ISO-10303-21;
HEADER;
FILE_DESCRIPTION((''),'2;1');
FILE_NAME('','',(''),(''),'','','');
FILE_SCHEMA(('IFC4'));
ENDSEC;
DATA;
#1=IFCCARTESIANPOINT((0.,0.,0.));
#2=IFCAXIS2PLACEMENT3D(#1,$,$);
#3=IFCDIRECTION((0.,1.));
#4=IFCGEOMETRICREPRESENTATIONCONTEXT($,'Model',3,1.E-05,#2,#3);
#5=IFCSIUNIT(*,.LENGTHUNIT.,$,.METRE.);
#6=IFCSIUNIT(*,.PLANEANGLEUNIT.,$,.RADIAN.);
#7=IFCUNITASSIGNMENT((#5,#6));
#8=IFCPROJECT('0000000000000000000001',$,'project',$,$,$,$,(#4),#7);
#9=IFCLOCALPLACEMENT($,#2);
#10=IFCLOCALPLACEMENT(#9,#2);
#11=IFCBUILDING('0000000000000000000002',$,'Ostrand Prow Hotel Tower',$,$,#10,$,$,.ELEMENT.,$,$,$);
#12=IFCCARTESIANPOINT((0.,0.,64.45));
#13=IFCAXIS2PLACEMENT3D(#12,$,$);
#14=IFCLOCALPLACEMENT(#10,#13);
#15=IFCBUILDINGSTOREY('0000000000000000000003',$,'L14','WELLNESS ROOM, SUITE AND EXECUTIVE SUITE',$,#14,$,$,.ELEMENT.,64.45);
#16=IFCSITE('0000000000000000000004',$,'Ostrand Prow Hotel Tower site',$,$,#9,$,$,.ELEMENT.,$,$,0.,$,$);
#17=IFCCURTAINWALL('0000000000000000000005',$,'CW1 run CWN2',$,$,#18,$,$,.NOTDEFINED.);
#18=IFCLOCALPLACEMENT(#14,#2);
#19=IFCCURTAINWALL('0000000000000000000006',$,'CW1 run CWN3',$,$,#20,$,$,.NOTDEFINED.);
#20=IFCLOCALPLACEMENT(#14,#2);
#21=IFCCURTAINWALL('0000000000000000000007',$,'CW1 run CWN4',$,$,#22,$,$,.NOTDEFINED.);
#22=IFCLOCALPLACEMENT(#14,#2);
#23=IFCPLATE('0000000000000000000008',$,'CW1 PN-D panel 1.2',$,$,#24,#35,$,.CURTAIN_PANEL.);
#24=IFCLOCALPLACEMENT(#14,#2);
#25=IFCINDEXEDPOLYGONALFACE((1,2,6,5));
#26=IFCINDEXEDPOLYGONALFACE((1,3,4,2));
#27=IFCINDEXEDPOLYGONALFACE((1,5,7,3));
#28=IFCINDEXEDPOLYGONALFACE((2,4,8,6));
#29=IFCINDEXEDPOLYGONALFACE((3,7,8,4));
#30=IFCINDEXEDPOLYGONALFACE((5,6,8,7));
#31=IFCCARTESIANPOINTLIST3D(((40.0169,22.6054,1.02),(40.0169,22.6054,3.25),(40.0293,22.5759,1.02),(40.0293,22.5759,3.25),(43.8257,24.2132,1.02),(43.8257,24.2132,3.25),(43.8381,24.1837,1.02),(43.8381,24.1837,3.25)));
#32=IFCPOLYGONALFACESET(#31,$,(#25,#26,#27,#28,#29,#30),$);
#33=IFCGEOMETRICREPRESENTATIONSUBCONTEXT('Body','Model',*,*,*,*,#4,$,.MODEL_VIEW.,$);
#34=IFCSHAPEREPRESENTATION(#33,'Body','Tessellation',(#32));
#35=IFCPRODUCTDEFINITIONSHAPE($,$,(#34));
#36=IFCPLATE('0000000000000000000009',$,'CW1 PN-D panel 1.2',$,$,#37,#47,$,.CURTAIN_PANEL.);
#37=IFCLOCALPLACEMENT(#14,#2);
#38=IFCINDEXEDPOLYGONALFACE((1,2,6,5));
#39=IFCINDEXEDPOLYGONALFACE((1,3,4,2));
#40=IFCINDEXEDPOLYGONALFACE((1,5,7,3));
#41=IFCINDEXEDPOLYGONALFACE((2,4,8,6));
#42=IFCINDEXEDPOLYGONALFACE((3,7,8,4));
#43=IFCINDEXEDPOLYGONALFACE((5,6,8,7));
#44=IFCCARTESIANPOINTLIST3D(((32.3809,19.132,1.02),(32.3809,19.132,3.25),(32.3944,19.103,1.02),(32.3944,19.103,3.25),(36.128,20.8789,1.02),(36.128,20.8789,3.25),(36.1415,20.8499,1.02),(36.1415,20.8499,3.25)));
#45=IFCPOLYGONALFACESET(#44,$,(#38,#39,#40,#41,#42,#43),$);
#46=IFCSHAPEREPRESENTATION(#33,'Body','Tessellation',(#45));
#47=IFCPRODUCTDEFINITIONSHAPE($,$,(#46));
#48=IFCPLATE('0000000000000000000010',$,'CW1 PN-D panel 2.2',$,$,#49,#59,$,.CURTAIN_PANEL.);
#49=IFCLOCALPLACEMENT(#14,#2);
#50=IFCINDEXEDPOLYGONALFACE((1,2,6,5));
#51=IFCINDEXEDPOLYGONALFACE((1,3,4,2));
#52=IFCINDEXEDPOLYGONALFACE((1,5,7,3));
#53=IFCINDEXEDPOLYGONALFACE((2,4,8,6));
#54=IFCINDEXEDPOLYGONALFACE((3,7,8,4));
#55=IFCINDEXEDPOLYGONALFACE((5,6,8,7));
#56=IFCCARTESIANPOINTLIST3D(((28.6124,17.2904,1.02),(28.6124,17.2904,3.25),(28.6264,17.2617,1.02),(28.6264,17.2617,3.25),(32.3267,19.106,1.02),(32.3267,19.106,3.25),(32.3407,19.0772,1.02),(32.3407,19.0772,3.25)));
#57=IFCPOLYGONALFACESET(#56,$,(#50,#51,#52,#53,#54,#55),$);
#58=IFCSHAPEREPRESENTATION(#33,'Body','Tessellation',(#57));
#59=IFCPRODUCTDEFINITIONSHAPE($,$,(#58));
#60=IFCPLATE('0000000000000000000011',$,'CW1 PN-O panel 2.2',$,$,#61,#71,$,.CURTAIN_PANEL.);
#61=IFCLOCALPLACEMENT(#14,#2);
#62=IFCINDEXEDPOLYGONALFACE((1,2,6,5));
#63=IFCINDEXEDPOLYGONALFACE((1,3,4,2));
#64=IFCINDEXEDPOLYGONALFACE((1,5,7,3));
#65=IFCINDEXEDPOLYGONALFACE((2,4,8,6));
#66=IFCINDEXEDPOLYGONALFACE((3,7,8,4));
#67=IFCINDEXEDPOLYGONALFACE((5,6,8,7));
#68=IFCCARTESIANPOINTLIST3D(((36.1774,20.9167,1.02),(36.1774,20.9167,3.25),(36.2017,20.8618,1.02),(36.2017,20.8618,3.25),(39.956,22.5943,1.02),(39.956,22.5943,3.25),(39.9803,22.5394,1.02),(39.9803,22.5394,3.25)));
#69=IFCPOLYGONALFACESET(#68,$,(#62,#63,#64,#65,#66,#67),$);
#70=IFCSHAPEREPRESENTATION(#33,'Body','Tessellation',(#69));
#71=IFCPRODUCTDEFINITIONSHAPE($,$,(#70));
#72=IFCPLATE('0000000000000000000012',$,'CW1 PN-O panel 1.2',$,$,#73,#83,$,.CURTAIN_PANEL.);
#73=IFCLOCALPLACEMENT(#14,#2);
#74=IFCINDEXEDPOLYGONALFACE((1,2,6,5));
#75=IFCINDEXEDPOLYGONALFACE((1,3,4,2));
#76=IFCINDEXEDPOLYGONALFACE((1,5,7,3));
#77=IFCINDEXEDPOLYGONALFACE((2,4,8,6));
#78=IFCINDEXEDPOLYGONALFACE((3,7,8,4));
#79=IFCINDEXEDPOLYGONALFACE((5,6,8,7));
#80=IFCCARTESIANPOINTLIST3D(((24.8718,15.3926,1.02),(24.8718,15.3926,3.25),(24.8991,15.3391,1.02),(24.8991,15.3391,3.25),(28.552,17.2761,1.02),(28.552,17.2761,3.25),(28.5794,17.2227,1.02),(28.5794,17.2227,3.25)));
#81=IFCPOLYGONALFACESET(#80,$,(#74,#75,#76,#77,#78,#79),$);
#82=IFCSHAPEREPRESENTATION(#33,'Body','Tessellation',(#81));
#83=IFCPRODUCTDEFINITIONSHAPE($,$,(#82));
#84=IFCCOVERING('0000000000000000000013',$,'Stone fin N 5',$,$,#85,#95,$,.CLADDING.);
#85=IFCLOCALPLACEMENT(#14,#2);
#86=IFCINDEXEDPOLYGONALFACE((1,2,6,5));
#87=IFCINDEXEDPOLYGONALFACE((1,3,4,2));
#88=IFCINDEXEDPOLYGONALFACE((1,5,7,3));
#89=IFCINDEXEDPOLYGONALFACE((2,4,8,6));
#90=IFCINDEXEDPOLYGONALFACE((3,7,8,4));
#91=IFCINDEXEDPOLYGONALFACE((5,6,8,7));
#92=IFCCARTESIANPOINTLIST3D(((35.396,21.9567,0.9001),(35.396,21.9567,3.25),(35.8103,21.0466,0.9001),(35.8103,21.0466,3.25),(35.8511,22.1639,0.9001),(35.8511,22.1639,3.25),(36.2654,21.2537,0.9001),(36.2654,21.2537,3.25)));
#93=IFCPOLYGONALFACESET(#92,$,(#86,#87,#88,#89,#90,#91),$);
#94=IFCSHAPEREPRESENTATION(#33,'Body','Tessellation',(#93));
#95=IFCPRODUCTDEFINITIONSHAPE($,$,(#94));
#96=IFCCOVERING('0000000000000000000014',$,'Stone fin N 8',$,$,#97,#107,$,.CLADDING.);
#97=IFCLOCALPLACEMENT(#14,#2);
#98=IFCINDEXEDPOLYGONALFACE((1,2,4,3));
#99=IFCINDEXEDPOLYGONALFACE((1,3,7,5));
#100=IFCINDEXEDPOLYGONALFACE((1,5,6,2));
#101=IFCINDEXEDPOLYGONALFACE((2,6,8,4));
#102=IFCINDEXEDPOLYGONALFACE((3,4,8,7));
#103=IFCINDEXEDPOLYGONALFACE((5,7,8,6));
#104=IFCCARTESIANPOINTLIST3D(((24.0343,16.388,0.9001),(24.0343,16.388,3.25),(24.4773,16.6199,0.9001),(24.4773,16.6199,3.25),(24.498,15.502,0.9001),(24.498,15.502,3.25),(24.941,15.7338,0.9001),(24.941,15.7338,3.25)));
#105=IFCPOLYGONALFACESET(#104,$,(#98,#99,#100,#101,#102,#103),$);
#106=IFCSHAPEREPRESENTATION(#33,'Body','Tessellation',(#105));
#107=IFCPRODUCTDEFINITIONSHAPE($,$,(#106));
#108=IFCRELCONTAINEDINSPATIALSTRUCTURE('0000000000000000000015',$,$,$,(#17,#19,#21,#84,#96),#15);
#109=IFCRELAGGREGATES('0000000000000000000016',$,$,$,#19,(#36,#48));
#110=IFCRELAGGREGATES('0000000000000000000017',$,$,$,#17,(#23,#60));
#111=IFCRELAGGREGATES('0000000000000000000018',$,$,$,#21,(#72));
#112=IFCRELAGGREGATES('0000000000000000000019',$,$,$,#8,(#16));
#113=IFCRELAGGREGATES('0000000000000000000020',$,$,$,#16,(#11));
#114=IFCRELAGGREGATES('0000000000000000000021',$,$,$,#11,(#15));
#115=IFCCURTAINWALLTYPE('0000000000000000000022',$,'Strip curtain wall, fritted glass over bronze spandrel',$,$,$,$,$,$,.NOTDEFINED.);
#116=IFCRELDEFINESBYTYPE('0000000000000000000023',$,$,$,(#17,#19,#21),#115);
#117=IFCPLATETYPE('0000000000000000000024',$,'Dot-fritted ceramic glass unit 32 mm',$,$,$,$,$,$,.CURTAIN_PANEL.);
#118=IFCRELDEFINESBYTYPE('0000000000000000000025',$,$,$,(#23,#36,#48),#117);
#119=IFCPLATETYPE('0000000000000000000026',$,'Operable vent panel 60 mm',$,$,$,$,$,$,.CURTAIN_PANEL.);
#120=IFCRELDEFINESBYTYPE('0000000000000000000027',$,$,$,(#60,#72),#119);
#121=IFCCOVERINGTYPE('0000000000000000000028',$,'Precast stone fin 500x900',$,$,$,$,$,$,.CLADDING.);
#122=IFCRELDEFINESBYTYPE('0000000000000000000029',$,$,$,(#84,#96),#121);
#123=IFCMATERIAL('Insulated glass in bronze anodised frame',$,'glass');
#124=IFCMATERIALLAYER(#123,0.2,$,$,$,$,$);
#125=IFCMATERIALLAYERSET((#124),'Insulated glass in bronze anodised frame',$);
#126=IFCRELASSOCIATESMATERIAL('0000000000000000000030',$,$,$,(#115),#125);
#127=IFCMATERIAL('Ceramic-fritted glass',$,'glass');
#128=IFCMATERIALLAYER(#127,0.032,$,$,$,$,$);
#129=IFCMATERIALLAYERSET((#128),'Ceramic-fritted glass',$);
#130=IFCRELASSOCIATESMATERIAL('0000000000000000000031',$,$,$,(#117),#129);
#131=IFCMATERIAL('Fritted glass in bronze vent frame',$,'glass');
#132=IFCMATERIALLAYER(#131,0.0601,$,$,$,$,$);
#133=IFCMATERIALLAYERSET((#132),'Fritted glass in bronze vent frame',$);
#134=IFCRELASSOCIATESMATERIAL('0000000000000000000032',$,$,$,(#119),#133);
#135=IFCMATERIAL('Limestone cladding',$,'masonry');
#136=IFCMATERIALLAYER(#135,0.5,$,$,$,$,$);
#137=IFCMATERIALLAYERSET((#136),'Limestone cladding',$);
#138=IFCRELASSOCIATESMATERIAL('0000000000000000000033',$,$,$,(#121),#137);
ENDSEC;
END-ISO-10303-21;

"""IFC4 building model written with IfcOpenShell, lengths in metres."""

from ifc_helpers import new_model, si_unit, direction, frame, frame_2d, origin, origin_2d, place, context, subcontext, project, spatial, rectangle, extrude, material, layer, layer_set, type_object, element, aggregate, save


model = new_model("IFC4")

# Units and contexts
model_context = context("Model", 3, precision=1e-05, world=origin(), true_north=direction((0.0, 1.0)))
body_context = subcontext(model_context, "Body", "Model", "MODEL_VIEW")
ifc_project = project(units=[si_unit("LENGTHUNIT", "METRE"), si_unit("PLANEANGLEUNIT", "RADIAN")], contexts=[model_context])

# Site, building, storey
site_placement = place(None, origin())
site = spatial("IfcSite", under=ifc_project, at=site_placement, Name="Ostrand Prow Hotel Tower site", CompositionType="ELEMENT", RefElevation=0.0)
building_placement = place(site_placement, origin())
building = spatial("IfcBuilding", under=site, at=building_placement, Name="Ostrand Prow Hotel Tower", CompositionType="ELEMENT")
storey_placement = place(building_placement, frame((0.0, 0.0, 64.45)))
storey = spatial("IfcBuildingStorey", under=building, at=storey_placement, Name="L14", Description="WELLNESS ROOM, SUITE AND EXECUTIVE SUITE", CompositionType="ELEMENT", Elevation=64.45)

# Curtain walls
ifc_material_1 = material(Name="Insulated glass in bronze anodised frame", Category="glass")
ifc_layer_1 = layer(ifc_material_1, 0.2)
ifc_layer_set_1 = layer_set([ifc_layer_1], Name="Insulated glass in bronze anodised frame")
curtain_wall_type = type_object("IfcCurtainWallType", Name="Strip curtain wall, fritted glass over bronze spandrel", PredefinedType="NOTDEFINED", material=ifc_layer_set_1)
curtain_wall_1_placement = place(storey_placement, origin())
curtain_wall_1 = element("IfcCurtainWall", 1, at=curtain_wall_1_placement, inside=storey, type_object=curtain_wall_type, Name="CW1 run CWN2", PredefinedType="NOTDEFINED")
curtain_wall_2_placement = place(storey_placement, origin())
curtain_wall_2 = element("IfcCurtainWall", 2, at=curtain_wall_2_placement, inside=storey, type_object=curtain_wall_type, Name="CW1 run CWN3", PredefinedType="NOTDEFINED")

# Curtain wall
curtain_wall_3_placement = place(storey_placement, origin())
curtain_wall_3 = element("IfcCurtainWall", 3, at=curtain_wall_3_placement, inside=storey, type_object=curtain_wall_type, Name="CW1 run CWN4", PredefinedType="NOTDEFINED")

# Plates
ifc_material_2 = material(Name="Ceramic-fritted glass", Category="glass")
ifc_layer_2 = layer(ifc_material_2, 0.032)
ifc_layer_set_2 = layer_set([ifc_layer_2], Name="Ceramic-fritted glass")
plate_type_1 = type_object("IfcPlateType", Name="Dot-fritted ceramic glass unit 32 mm", PredefinedType="CURTAIN_PANEL", material=ifc_layer_set_2)
plate_1_placement = place(storey_placement, frame((41.9275, 23.3945, 1.02), z_axis=(0.0, 0.0, 1.0), x_axis=(-0.921283, -0.388892, 0.0)))
plate_1 = element("IfcPlate", 4, at=plate_1_placement, type_object=plate_type_1, Name="CW1 PN-D panel 1.2", PredefinedType="CURTAIN_PANEL", context=body_context, shape_type="SweptSolid", body=[
    extrude(rectangle(XDim=4.1343, YDim=0.032, at=origin_2d()), origin(), (0.0, 0.0, 1.0), 2.23),
])
plate_2_placement = place(storey_placement, frame((34.2612, 19.991, 1.02), z_axis=(0.0, 0.0, 1.0), x_axis=(-0.906349, -0.42253, 0.0)))
plate_2 = element("IfcPlate", 5, at=plate_2_placement, type_object=plate_type_1, Name="CW1 PN-D panel 1.2", PredefinedType="CURTAIN_PANEL", context=body_context, shape_type="SweptSolid", body=[
    extrude(rectangle(XDim=4.1343, YDim=0.032, at=origin_2d()), origin(), (0.0, 0.0, 1.0), 2.23),
])
plate_3_placement = place(storey_placement, frame((30.4766, 18.1838, 1.02), z_axis=(0.0, 0.0, 1.0), x_axis=(-0.89842, -0.439138, 0.0)))
plate_3 = element("IfcPlate", 6, at=plate_3_placement, type_object=plate_type_1, Name="CW1 PN-D panel 2.2", PredefinedType="CURTAIN_PANEL", context=body_context, shape_type="SweptSolid", body=[
    extrude(rectangle(XDim=4.1343, YDim=0.032, at=origin_2d()), origin(), (0.0, 0.0, 1.0), 2.23),
])
aggregate(curtain_wall_2, [plate_2, plate_3])
ifc_material_3 = material(Name="Fritted glass in bronze vent frame", Category="glass")
ifc_layer_3 = layer(ifc_material_3, 0.0601)
ifc_layer_set_3 = layer_set([ifc_layer_3], Name="Fritted glass in bronze vent frame")
plate_type_2 = type_object("IfcPlateType", Name="Operable vent panel 60 mm", PredefinedType="CURTAIN_PANEL", material=ifc_layer_set_3)
plate_4_placement = place(storey_placement, frame((38.0789, 21.728, 1.02), z_axis=(0.0, 0.0, 1.0), x_axis=(-0.913971, -0.40578, 0.0)))
plate_4 = element("IfcPlate", 7, at=plate_4_placement, type_object=plate_type_2, Name="CW1 PN-O panel 2.2", PredefinedType="CURTAIN_PANEL", context=body_context, shape_type="SweptSolid", body=[
    extrude(rectangle(XDim=4.1343, YDim=0.0601, at=origin_2d()), origin(), (0.0, 0.0, 1.0), 2.23),
])
aggregate(curtain_wall_1, [plate_1, plate_4])
plate_5_placement = place(storey_placement, frame((26.7256, 16.3076, 1.02), z_axis=(0.0, 0.0, 1.0), x_axis=(-0.890187, -0.455596, 0.0)))
plate_5 = element("IfcPlate", 8, at=plate_5_placement, type_object=plate_type_2, Name="CW1 PN-O panel 1.2", PredefinedType="CURTAIN_PANEL", context=body_context, shape_type="SweptSolid", body=[
    extrude(rectangle(XDim=4.1343, YDim=0.0601, at=origin_2d()), origin(), (0.0, 0.0, 1.0), 2.23),
])
aggregate(curtain_wall_3, [plate_5])

# Coverings
ifc_material_4 = material(Name="Limestone cladding", Category="masonry")
ifc_layer_4 = layer(ifc_material_4, 0.5)
ifc_layer_set_4 = layer_set([ifc_layer_4], Name="Limestone cladding")
covering_type = type_object("IfcCoveringType", Name="Precast stone fin 500x900", PredefinedType="CLADDING", material=ifc_layer_set_4)
for number, where, z_axis, x_axis, name in (
    (9, (36.0378, 21.1501, 0.9001), (0.0, 0.0, 1.0), (-0.4143, 0.910141, 0.0), "Stone fin N 5"),
    (10, (24.7195, 15.6179, 0.9001), (0.0, 0.0, 1.0), (-0.463642, 0.886023, 0.0), "Stone fin N 8"),
):
    element("IfcCovering", number, at=place(storey_placement, frame(where, z_axis=z_axis, x_axis=x_axis)), inside=storey, type_object=covering_type, Name=name, PredefinedType="CLADDING", context=body_context, shape_type="SweptSolid", body=[
        extrude(rectangle(XDim=1.0, YDim=0.5, at=frame_2d((0.5, 0.0))), origin(), (0.0, 0.0, 1.0), 2.3499),
    ])

save(model, "model.ifc")
